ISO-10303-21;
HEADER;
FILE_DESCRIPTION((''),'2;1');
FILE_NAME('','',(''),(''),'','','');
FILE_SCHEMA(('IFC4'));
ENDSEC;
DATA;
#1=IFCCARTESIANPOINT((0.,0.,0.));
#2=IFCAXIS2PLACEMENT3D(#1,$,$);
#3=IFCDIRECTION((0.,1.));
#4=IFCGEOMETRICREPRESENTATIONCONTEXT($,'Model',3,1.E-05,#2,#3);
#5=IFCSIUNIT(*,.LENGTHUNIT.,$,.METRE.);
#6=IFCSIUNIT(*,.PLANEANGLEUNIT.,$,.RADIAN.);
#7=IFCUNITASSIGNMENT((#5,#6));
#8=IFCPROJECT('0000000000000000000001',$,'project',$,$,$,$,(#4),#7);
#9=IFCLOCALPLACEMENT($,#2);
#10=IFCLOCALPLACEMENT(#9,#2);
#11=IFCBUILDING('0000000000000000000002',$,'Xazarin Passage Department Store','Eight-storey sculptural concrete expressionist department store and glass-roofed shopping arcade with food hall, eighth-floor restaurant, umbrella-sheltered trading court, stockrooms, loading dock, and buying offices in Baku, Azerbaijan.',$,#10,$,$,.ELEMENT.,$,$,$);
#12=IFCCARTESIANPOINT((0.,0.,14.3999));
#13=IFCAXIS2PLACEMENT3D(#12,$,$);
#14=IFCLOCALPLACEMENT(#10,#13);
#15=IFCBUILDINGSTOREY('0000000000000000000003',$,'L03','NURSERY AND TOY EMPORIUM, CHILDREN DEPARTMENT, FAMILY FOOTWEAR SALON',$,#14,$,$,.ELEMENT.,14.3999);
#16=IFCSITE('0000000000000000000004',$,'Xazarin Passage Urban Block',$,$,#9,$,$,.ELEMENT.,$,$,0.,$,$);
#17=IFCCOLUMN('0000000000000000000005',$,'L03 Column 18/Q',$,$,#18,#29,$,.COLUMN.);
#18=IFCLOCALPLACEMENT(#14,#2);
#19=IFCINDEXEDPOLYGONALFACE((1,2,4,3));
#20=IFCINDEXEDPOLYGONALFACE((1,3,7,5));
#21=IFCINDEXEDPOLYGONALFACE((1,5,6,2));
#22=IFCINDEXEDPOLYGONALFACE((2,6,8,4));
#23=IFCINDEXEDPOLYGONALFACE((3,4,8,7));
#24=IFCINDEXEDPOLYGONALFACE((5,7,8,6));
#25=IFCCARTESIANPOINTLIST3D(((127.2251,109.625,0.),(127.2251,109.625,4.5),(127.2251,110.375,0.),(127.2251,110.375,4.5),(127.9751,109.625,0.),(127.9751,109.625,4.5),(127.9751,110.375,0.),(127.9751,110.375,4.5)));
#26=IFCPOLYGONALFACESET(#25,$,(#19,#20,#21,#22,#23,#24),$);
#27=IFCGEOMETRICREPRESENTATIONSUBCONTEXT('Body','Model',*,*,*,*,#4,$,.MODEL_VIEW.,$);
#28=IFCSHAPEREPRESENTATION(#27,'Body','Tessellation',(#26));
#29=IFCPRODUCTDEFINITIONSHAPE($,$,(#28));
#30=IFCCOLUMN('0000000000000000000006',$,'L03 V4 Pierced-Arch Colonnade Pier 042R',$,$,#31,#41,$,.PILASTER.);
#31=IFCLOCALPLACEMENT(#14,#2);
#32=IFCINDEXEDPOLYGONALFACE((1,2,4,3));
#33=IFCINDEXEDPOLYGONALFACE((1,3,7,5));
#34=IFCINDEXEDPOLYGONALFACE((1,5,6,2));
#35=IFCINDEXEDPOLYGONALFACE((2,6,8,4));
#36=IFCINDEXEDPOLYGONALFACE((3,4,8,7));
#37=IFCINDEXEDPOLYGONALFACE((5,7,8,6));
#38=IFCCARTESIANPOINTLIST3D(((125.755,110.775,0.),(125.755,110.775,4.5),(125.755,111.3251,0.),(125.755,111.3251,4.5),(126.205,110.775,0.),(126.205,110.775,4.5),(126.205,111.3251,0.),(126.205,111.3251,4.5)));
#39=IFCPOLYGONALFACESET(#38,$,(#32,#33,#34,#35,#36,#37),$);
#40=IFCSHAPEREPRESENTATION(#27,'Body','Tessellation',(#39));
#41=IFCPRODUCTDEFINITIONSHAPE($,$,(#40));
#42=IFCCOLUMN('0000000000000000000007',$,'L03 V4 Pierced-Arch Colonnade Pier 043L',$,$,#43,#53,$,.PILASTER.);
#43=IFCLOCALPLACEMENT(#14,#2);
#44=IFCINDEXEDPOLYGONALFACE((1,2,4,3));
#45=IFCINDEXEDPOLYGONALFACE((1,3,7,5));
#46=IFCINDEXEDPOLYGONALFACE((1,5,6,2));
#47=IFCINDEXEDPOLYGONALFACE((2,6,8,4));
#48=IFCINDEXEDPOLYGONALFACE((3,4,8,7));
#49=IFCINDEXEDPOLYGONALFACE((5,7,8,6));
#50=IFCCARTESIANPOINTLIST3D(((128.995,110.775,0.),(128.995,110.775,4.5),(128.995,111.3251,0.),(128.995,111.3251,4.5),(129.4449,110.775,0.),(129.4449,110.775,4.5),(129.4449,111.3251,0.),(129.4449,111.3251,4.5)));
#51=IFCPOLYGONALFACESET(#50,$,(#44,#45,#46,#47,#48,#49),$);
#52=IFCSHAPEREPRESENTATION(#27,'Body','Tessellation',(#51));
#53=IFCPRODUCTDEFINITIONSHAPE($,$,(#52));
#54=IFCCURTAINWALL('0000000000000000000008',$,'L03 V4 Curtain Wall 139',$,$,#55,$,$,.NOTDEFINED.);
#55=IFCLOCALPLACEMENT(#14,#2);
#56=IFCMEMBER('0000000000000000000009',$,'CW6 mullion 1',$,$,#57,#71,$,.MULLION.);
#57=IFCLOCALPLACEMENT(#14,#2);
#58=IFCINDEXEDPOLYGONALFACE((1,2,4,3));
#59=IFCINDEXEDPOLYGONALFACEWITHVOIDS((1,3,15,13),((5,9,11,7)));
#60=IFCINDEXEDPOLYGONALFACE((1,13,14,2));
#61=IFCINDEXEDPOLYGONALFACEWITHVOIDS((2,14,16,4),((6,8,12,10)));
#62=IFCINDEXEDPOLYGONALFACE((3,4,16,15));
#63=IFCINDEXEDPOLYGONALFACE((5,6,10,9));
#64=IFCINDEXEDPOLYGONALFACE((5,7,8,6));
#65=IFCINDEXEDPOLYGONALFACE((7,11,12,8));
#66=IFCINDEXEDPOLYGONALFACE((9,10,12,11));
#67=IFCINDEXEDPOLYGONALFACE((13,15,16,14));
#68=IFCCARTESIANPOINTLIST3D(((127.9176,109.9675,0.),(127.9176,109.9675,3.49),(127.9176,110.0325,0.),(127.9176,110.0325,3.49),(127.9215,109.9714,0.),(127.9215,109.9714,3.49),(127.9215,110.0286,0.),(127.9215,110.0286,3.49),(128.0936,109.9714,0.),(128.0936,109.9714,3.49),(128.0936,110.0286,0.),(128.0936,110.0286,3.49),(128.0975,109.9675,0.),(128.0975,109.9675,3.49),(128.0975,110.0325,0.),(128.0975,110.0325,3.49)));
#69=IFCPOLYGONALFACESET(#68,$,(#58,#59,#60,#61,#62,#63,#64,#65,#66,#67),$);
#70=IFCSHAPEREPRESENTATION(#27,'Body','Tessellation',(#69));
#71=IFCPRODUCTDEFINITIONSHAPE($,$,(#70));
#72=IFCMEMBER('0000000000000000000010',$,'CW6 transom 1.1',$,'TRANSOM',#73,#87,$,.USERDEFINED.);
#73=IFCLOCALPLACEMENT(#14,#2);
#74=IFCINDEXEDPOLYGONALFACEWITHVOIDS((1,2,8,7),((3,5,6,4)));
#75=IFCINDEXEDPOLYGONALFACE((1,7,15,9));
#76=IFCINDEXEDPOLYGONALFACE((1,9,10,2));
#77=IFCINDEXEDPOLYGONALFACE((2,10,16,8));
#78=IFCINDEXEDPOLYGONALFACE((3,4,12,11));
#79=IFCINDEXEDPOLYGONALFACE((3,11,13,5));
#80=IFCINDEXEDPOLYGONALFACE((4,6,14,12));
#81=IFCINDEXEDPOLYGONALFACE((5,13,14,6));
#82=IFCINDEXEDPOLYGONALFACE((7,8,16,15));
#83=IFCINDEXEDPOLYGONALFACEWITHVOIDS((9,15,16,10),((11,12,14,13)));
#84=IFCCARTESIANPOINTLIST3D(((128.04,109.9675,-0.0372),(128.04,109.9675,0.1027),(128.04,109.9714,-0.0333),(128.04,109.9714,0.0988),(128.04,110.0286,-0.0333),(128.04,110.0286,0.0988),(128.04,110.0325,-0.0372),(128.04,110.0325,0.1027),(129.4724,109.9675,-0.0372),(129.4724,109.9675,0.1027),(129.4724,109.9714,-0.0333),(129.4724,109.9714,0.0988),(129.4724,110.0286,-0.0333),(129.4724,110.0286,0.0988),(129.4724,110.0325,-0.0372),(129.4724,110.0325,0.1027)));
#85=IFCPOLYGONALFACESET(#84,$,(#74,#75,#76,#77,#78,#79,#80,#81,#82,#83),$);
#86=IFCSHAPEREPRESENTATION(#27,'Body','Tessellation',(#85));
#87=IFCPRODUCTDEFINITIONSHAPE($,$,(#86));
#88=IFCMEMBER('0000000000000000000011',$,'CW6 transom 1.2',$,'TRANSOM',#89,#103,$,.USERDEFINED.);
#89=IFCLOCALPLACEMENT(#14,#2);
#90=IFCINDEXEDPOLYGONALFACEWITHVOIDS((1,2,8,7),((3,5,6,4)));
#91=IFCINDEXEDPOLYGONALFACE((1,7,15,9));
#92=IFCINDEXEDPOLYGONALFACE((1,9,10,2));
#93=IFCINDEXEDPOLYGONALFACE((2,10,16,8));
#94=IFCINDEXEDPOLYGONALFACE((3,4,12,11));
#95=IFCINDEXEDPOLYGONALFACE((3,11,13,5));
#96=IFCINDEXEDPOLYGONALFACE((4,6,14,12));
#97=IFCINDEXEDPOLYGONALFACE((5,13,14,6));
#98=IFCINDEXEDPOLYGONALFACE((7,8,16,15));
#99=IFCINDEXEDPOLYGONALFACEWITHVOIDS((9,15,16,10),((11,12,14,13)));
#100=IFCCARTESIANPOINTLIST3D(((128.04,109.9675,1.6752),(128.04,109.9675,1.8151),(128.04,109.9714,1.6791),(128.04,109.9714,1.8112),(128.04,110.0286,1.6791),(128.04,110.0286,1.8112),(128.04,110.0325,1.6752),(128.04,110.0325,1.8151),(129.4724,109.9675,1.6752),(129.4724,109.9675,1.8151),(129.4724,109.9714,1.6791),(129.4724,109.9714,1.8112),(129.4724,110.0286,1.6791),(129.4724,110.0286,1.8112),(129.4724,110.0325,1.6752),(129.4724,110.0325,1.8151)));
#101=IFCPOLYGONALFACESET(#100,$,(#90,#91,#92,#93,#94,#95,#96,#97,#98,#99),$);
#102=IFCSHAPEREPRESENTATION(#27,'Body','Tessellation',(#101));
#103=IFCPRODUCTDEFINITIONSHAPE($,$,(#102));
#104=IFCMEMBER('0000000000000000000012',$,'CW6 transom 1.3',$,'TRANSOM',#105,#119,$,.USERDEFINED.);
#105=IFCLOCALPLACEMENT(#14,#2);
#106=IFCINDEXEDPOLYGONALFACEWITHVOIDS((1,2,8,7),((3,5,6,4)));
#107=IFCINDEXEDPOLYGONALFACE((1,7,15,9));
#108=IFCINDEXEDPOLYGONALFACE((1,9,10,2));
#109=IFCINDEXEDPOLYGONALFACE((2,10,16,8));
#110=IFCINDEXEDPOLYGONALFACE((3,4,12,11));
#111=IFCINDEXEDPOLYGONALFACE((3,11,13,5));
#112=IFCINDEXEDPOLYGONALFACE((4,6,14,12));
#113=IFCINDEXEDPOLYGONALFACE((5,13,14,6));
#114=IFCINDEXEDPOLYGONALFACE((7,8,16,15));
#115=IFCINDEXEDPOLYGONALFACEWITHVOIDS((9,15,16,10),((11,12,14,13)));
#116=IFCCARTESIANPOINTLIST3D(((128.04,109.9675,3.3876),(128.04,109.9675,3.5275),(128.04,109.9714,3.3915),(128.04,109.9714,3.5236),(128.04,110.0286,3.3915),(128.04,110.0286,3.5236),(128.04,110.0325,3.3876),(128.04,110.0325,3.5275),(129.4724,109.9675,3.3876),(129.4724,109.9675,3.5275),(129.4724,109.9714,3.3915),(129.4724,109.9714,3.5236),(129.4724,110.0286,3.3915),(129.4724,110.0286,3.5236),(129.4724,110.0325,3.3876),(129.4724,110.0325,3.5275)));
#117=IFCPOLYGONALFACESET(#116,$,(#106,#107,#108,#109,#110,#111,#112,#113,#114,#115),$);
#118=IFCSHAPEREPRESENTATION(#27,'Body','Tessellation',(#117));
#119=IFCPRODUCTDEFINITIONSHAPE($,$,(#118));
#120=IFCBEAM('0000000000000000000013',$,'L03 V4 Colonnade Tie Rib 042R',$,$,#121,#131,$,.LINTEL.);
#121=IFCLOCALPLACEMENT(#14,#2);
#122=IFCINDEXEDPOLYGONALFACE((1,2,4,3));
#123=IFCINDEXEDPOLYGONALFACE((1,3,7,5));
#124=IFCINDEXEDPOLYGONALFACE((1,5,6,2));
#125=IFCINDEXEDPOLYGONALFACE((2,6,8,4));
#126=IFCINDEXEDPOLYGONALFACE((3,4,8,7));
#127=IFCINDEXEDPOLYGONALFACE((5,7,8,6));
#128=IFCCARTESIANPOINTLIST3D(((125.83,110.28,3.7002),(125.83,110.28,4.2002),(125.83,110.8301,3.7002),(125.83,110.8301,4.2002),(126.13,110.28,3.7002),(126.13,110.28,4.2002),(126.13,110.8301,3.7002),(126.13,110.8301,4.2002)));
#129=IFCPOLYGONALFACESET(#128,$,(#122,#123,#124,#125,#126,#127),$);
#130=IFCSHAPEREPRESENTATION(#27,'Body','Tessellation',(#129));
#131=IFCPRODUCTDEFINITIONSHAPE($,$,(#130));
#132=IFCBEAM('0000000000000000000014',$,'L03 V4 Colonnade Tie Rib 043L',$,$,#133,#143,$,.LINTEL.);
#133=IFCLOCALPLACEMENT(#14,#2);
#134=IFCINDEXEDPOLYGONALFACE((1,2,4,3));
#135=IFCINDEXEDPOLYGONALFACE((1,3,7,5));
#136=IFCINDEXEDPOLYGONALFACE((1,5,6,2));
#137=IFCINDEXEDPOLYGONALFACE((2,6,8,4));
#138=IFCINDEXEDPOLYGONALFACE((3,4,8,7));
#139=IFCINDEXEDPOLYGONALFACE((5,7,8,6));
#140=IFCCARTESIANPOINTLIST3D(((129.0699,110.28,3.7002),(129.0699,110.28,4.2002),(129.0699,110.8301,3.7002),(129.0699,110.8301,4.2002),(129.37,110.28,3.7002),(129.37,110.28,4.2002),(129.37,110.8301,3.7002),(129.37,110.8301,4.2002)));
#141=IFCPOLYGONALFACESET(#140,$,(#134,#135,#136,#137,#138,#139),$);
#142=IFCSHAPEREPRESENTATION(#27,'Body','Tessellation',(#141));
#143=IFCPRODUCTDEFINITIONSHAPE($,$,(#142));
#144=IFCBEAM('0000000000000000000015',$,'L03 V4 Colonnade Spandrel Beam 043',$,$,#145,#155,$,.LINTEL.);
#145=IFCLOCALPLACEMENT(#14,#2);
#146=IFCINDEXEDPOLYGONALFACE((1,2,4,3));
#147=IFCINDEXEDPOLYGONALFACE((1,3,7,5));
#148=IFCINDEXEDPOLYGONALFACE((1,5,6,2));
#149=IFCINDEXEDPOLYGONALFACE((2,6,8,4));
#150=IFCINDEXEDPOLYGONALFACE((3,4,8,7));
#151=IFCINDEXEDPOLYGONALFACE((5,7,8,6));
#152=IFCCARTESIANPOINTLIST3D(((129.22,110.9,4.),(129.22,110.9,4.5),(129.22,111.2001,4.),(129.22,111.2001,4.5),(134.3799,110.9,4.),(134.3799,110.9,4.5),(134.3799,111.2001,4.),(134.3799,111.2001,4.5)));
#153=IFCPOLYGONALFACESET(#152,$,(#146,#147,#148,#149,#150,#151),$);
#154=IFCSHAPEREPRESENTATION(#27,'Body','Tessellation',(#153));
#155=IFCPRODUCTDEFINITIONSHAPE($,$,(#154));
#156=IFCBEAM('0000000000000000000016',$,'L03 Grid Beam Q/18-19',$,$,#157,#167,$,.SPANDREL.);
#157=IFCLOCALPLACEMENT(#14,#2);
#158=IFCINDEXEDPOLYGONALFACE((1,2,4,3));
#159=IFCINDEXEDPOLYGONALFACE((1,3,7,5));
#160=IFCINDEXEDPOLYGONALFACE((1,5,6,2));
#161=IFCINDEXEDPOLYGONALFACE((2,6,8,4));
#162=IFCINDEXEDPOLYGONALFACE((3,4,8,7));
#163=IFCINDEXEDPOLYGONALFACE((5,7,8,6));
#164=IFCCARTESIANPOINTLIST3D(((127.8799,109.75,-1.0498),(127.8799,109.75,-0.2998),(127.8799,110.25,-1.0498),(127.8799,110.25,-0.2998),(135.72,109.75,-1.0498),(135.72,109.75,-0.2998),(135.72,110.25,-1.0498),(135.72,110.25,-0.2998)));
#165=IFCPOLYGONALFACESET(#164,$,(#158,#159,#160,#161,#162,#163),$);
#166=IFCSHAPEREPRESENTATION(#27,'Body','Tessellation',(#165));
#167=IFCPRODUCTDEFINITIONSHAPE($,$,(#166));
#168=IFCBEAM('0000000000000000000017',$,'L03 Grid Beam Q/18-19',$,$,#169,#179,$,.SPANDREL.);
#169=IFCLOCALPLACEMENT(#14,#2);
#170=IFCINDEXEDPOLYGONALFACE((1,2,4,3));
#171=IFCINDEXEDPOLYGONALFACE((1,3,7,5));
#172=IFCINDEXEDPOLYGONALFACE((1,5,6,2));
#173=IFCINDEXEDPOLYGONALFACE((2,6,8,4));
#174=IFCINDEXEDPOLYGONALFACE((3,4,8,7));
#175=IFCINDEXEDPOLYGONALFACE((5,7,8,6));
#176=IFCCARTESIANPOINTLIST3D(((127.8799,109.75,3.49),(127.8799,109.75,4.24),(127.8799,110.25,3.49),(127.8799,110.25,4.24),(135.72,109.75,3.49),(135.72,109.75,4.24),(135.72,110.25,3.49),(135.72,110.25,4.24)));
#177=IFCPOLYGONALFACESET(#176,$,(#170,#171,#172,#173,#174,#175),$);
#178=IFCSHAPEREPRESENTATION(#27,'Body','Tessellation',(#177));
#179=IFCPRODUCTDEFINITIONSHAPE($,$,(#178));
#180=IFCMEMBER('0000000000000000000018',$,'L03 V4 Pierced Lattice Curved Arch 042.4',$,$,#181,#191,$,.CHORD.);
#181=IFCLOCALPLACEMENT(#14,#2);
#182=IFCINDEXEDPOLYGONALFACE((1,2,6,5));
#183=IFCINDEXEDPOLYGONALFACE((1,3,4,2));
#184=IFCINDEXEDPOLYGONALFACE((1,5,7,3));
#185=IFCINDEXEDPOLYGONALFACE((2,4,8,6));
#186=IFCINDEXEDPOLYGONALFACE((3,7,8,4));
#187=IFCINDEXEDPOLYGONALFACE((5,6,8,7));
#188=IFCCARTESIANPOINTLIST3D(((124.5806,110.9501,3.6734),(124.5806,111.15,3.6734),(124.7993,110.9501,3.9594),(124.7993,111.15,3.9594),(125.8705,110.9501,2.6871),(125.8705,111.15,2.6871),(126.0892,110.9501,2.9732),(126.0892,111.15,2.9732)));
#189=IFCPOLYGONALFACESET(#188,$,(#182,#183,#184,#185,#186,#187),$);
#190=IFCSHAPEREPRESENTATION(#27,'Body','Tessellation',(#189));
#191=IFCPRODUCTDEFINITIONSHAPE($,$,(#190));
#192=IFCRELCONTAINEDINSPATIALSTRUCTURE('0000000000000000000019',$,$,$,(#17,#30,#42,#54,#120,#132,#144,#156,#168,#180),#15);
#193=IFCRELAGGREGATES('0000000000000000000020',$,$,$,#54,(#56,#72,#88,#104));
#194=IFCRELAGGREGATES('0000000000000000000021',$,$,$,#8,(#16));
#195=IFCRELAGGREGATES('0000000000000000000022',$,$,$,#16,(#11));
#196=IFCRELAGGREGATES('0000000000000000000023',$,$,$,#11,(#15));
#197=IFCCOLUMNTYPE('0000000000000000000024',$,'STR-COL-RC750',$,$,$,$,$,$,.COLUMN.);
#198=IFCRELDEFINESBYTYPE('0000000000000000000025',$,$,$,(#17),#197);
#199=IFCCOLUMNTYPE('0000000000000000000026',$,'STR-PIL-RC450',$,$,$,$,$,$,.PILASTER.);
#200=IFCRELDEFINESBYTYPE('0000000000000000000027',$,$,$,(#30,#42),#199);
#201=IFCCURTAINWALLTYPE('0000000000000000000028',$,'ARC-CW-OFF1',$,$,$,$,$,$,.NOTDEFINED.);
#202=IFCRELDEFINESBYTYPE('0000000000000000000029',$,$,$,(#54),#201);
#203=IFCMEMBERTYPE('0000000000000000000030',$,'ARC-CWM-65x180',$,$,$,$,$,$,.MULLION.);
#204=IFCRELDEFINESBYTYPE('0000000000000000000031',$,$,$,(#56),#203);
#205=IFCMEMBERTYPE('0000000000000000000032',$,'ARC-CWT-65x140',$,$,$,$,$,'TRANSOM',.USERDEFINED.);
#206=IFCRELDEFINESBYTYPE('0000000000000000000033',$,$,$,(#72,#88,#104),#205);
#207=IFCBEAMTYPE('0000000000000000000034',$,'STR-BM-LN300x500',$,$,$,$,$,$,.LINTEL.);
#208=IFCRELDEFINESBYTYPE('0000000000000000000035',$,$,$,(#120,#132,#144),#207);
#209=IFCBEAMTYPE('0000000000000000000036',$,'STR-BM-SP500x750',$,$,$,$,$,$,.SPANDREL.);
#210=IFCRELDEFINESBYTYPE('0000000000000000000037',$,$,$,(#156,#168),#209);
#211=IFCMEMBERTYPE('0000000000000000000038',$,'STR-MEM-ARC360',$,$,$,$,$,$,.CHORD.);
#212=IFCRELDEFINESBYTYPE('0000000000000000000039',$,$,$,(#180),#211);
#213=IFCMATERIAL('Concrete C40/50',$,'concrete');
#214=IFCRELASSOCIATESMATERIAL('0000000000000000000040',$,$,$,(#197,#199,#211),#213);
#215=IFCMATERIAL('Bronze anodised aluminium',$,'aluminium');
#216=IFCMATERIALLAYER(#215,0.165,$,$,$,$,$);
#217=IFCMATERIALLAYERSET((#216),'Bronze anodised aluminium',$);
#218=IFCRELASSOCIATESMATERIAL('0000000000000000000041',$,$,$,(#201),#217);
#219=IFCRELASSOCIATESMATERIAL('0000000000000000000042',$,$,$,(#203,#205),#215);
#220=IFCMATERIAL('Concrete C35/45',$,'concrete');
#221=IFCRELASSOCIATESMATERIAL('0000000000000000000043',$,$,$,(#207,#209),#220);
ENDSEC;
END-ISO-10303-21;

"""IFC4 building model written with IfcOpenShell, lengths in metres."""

from ifc_helpers import new_model, si_unit, direction, frame, origin, origin_2d, place, context, subcontext, project, spatial, rectangle, hollow_rectangle, extrude, material, layer, layer_set, material_profile, profile_set, type_object, element, aggregate, save


model = new_model("IFC4")

# Units and contexts
model_context = context("Model", 3, precision=1e-05, world=origin(), true_north=direction((0.0, 1.0)))
body_context = subcontext(model_context, "Body", "Model", "MODEL_VIEW")
ifc_project = project(units=[si_unit("LENGTHUNIT", "METRE"), si_unit("PLANEANGLEUNIT", "RADIAN")], contexts=[model_context])

# Site, building, storey
site_placement = place(None, origin())
site = spatial("IfcSite", under=ifc_project, at=site_placement, Name="Xazarin Passage Urban Block", CompositionType="ELEMENT", RefElevation=0.0)
building_placement = place(site_placement, origin())
building = spatial("IfcBuilding", under=site, at=building_placement, Name="Xazarin Passage Department Store", Description="Eight-storey sculptural concrete expressionist department store and glass-roofed shopping arcade with food hall, eighth-floor restaurant, umbrella-sheltered trading court, stockrooms, loading dock, and buying offices in Baku, Azerbaijan.", CompositionType="ELEMENT")
storey_placement = place(building_placement, frame((0.0, 0.0, 14.3999)))
storey = spatial("IfcBuildingStorey", under=building, at=storey_placement, Name="L03", Description="NURSERY AND TOY EMPORIUM, CHILDREN DEPARTMENT, FAMILY FOOTWEAR SALON", CompositionType="ELEMENT", Elevation=14.3999)

# Columns
ifc_material_1 = material(Name="Concrete C40/50", Category="concrete")
ifc_material_profile_1 = material_profile(ifc_material_1, rectangle(XDim=0.75, YDim=0.75, at=origin_2d()), Name="RC 750x750")
ifc_profile_set_1 = profile_set([ifc_material_profile_1], Name="Concrete C40/50")
column_type_1 = type_object("IfcColumnType", Name="STR-COL-RC750", PredefinedType="COLUMN", material=ifc_profile_set_1)
column_placement = place(storey_placement, frame((127.6001, 110.0, 0.0), z_axis=(0.0, 0.0, 1.0), x_axis=(1.0, 0.0, 0.0)))
element("IfcColumn", 1, at=column_placement, inside=storey, type_object=column_type_1, Name="L03 Column 18/Q", PredefinedType="COLUMN", context=body_context, shape_type="SweptSolid", body=[
    extrude(rectangle(XDim=0.75, YDim=0.75, at=origin_2d()), origin(), (0.0, 0.0, 1.0), 4.5),
])
ifc_material_profile_2 = material_profile(ifc_material_1, rectangle(XDim=0.45, YDim=0.55, at=origin_2d()), Name="RC 450x550")
ifc_profile_set_2 = profile_set([ifc_material_profile_2], Name="Concrete C40/50")
column_type_2 = type_object("IfcColumnType", Name="STR-PIL-RC450", PredefinedType="PILASTER", material=ifc_profile_set_2)
for number, where, z_axis, x_axis, name in (
    (2, (125.98, 111.05, 0.0), (0.0, 0.0, 1.0), (1.0, 0.0, 0.0), "L03 V4 Pierced-Arch Colonnade Pier 042R"),
    (3, (129.22, 111.05, 0.0), (0.0, 0.0, 1.0), (1.0, 0.0, 0.0), "L03 V4 Pierced-Arch Colonnade Pier 043L"),
):
    element("IfcColumn", number, at=place(storey_placement, frame(where, z_axis=z_axis, x_axis=x_axis)), inside=storey, type_object=column_type_2, Name=name, PredefinedType="PILASTER", context=body_context, shape_type="SweptSolid", body=[
        extrude(rectangle(XDim=0.45, YDim=0.55, at=origin_2d()), origin(), (0.0, 0.0, 1.0), 4.5),
    ])

# Curtain wall, members
ifc_material_2 = material(Name="Bronze anodised aluminium", Category="aluminium")
ifc_layer_1 = layer(ifc_material_2, 0.165)
ifc_layer_set_1 = layer_set([ifc_layer_1], Name="Bronze anodised aluminium")
curtain_wall_type = type_object("IfcCurtainWallType", Name="ARC-CW-OFF1", PredefinedType="NOTDEFINED", material=ifc_layer_set_1)
curtain_wall_placement = place(storey_placement, origin())
curtain_wall = element("IfcCurtainWall", 4, at=curtain_wall_placement, inside=storey, type_object=curtain_wall_type, Name="L03 V4 Curtain Wall 139", PredefinedType="NOTDEFINED")
ifc_material_profile_3 = material_profile(ifc_material_2, hollow_rectangle(XDim=0.0649, YDim=0.1799, WallThickness=0.0039, at=origin_2d()), Name="ALU 65x180")
ifc_profile_set_3 = profile_set([ifc_material_profile_3], Name="Bronze anodised aluminium")
member_type_1 = type_object("IfcMemberType", Name="ARC-CWM-65x180", PredefinedType="MULLION", material=ifc_profile_set_3)
member_1_placement = place(storey_placement, frame((128.0076, 110.0, 0.0), z_axis=(0.0, 0.0, 1.0), x_axis=(0.0, 1.0, 0.0)))
member_1 = element("IfcMember", 5, at=member_1_placement, type_object=member_type_1, Name="CW6 mullion 1", PredefinedType="MULLION", context=body_context, shape_type="SweptSolid", body=[
    extrude(hollow_rectangle(XDim=0.0649, YDim=0.1799, WallThickness=0.0039, at=origin_2d()), origin(), (0.0, 0.0, 1.0), 3.49),
])
ifc_material_profile_4 = material_profile(ifc_material_2, hollow_rectangle(XDim=0.0649, YDim=0.1399, WallThickness=0.0039, at=origin_2d()), Name="ALU 65x140")
ifc_profile_set_4 = profile_set([ifc_material_profile_4], Name="Bronze anodised aluminium")
member_type_2 = type_object("IfcMemberType", Name="ARC-CWT-65x140", ElementType="TRANSOM", PredefinedType="USERDEFINED", material=ifc_profile_set_4)
member_2_placement = place(storey_placement, frame((128.04, 110.0, 0.0327), z_axis=(1.0, 0.0, 0.0), x_axis=(0.0, 1.0, 0.0)))
member_2 = element("IfcMember", 6, at=member_2_placement, type_object=member_type_2, Name="CW6 transom 1.1", ObjectType="TRANSOM", PredefinedType="USERDEFINED", context=body_context, shape_type="SweptSolid", body=[
    extrude(hollow_rectangle(XDim=0.0649, YDim=0.1399, WallThickness=0.0039, at=origin_2d()), origin(), (0.0, 0.0, 1.0), 1.4324),
])
member_3_placement = place(storey_placement, frame((128.04, 110.0, 1.7451), z_axis=(1.0, 0.0, 0.0), x_axis=(0.0, 1.0, 0.0)))
member_3 = element("IfcMember", 7, at=member_3_placement, type_object=member_type_2, Name="CW6 transom 1.2", ObjectType="TRANSOM", PredefinedType="USERDEFINED", context=body_context, shape_type="SweptSolid", body=[
    extrude(hollow_rectangle(XDim=0.0649, YDim=0.1399, WallThickness=0.0039, at=origin_2d()), origin(), (0.0, 0.0, 1.0), 1.4324),
])
member_4_placement = place(storey_placement, frame((128.04, 110.0, 3.4575), z_axis=(1.0, 0.0, 0.0), x_axis=(0.0, 1.0, 0.0)))
member_4 = element("IfcMember", 8, at=member_4_placement, type_object=member_type_2, Name="CW6 transom 1.3", ObjectType="TRANSOM", PredefinedType="USERDEFINED", context=body_context, shape_type="SweptSolid", body=[
    extrude(hollow_rectangle(XDim=0.0649, YDim=0.1399, WallThickness=0.0039, at=origin_2d()), origin(), (0.0, 0.0, 1.0), 1.4324),
])

# Beams
ifc_material_3 = material(Name="Concrete C35/45", Category="concrete")
ifc_material_profile_5 = material_profile(ifc_material_3, rectangle(XDim=0.3, YDim=0.5, at=origin_2d()), Name="RC 300x500")
ifc_profile_set_5 = profile_set([ifc_material_profile_5], Name="Concrete C35/45")
beam_type_1 = type_object("IfcBeamType", Name="STR-BM-LN300x500", PredefinedType="LINTEL", material=ifc_profile_set_5)
for number, where, z_axis, x_axis, name in (
    (9, (125.98, 110.28, 3.9502), (0.0, 1.0, 0.0), (-1.0, 0.0, 0.0), "L03 V4 Colonnade Tie Rib 042R"),
    (10, (129.22, 110.28, 3.9502), (0.0, 1.0, 0.0), (-1.0, 0.0, 0.0), "L03 V4 Colonnade Tie Rib 043L"),
):
    element("IfcBeam", number, at=place(storey_placement, frame(where, z_axis=z_axis, x_axis=x_axis)), inside=storey, type_object=beam_type_1, Name=name, PredefinedType="LINTEL", context=body_context, shape_type="SweptSolid", body=[
        extrude(rectangle(XDim=0.3, YDim=0.5, at=origin_2d()), origin(), (0.0, 0.0, 1.0), 0.55),
    ])
beam_placement = place(storey_placement, frame((129.22, 111.05, 4.25), z_axis=(1.0, 0.0, 0.0), x_axis=(0.0, 1.0, 0.0)))
element("IfcBeam", 11, at=beam_placement, inside=storey, type_object=beam_type_1, Name="L03 V4 Colonnade Spandrel Beam 043", PredefinedType="LINTEL", context=body_context, shape_type="SweptSolid", body=[
    extrude(rectangle(XDim=0.3, YDim=0.5, at=origin_2d()), origin(), (0.0, 0.0, 1.0), 5.1599),
])
ifc_material_profile_6 = material_profile(ifc_material_3, rectangle(XDim=0.5, YDim=0.75, at=origin_2d()), Name="RC 500x750")
ifc_profile_set_6 = profile_set([ifc_material_profile_6], Name="Concrete C35/45")
beam_type_2 = type_object("IfcBeamType", Name="STR-BM-SP500x750", PredefinedType="SPANDREL", material=ifc_profile_set_6)
for number, where, z_axis, x_axis, name in (
    (12, (127.8799, 110.0, -0.6748), (1.0, 0.0, 0.0), (0.0, 1.0, 0.0), "L03 Grid Beam Q/18-19"),
    (13, (127.8799, 110.0, 3.865), (1.0, 0.0, 0.0), (0.0, 1.0, 0.0), "L03 Grid Beam Q/18-19"),
):
    element("IfcBeam", number, at=place(storey_placement, frame(where, z_axis=z_axis, x_axis=x_axis)), inside=storey, type_object=beam_type_2, Name=name, PredefinedType="SPANDREL", context=body_context, shape_type="SweptSolid", body=[
        extrude(rectangle(XDim=0.5, YDim=0.75, at=origin_2d()), origin(), (0.0, 0.0, 1.0), 7.8401),
    ])

# Member
ifc_material_profile_7 = material_profile(ifc_material_1, rectangle(XDim=0.2, YDim=0.3601, at=origin_2d()), Name="RC 200x360")
ifc_profile_set_7 = profile_set([ifc_material_profile_7], Name="Concrete C40/50")
member_type_3 = type_object("IfcMemberType", Name="STR-MEM-ARC360", PredefinedType="CHORD", material=ifc_profile_set_7)
for number, where, z_axis, x_axis, name in (
    (14, (124.6899, 111.05, 3.8164), (0.794409, 0.0, -0.607383), (0.0, 1.0, 0.0), "L03 V4 Pierced Lattice Curved Arch 042.4"),
):
    element("IfcMember", number, at=place(storey_placement, frame(where, z_axis=z_axis, x_axis=x_axis)), inside=storey, type_object=member_type_3, Name=name, PredefinedType="CHORD", context=body_context, shape_type="SweptSolid", body=[
        extrude(rectangle(XDim=0.2, YDim=0.3601, at=origin_2d()), origin(), (0.0, 0.0, 1.0), 1.6238),
    ])

aggregate(curtain_wall, [member_1, member_2, member_3, member_4])

save(model, "model.ifc")
